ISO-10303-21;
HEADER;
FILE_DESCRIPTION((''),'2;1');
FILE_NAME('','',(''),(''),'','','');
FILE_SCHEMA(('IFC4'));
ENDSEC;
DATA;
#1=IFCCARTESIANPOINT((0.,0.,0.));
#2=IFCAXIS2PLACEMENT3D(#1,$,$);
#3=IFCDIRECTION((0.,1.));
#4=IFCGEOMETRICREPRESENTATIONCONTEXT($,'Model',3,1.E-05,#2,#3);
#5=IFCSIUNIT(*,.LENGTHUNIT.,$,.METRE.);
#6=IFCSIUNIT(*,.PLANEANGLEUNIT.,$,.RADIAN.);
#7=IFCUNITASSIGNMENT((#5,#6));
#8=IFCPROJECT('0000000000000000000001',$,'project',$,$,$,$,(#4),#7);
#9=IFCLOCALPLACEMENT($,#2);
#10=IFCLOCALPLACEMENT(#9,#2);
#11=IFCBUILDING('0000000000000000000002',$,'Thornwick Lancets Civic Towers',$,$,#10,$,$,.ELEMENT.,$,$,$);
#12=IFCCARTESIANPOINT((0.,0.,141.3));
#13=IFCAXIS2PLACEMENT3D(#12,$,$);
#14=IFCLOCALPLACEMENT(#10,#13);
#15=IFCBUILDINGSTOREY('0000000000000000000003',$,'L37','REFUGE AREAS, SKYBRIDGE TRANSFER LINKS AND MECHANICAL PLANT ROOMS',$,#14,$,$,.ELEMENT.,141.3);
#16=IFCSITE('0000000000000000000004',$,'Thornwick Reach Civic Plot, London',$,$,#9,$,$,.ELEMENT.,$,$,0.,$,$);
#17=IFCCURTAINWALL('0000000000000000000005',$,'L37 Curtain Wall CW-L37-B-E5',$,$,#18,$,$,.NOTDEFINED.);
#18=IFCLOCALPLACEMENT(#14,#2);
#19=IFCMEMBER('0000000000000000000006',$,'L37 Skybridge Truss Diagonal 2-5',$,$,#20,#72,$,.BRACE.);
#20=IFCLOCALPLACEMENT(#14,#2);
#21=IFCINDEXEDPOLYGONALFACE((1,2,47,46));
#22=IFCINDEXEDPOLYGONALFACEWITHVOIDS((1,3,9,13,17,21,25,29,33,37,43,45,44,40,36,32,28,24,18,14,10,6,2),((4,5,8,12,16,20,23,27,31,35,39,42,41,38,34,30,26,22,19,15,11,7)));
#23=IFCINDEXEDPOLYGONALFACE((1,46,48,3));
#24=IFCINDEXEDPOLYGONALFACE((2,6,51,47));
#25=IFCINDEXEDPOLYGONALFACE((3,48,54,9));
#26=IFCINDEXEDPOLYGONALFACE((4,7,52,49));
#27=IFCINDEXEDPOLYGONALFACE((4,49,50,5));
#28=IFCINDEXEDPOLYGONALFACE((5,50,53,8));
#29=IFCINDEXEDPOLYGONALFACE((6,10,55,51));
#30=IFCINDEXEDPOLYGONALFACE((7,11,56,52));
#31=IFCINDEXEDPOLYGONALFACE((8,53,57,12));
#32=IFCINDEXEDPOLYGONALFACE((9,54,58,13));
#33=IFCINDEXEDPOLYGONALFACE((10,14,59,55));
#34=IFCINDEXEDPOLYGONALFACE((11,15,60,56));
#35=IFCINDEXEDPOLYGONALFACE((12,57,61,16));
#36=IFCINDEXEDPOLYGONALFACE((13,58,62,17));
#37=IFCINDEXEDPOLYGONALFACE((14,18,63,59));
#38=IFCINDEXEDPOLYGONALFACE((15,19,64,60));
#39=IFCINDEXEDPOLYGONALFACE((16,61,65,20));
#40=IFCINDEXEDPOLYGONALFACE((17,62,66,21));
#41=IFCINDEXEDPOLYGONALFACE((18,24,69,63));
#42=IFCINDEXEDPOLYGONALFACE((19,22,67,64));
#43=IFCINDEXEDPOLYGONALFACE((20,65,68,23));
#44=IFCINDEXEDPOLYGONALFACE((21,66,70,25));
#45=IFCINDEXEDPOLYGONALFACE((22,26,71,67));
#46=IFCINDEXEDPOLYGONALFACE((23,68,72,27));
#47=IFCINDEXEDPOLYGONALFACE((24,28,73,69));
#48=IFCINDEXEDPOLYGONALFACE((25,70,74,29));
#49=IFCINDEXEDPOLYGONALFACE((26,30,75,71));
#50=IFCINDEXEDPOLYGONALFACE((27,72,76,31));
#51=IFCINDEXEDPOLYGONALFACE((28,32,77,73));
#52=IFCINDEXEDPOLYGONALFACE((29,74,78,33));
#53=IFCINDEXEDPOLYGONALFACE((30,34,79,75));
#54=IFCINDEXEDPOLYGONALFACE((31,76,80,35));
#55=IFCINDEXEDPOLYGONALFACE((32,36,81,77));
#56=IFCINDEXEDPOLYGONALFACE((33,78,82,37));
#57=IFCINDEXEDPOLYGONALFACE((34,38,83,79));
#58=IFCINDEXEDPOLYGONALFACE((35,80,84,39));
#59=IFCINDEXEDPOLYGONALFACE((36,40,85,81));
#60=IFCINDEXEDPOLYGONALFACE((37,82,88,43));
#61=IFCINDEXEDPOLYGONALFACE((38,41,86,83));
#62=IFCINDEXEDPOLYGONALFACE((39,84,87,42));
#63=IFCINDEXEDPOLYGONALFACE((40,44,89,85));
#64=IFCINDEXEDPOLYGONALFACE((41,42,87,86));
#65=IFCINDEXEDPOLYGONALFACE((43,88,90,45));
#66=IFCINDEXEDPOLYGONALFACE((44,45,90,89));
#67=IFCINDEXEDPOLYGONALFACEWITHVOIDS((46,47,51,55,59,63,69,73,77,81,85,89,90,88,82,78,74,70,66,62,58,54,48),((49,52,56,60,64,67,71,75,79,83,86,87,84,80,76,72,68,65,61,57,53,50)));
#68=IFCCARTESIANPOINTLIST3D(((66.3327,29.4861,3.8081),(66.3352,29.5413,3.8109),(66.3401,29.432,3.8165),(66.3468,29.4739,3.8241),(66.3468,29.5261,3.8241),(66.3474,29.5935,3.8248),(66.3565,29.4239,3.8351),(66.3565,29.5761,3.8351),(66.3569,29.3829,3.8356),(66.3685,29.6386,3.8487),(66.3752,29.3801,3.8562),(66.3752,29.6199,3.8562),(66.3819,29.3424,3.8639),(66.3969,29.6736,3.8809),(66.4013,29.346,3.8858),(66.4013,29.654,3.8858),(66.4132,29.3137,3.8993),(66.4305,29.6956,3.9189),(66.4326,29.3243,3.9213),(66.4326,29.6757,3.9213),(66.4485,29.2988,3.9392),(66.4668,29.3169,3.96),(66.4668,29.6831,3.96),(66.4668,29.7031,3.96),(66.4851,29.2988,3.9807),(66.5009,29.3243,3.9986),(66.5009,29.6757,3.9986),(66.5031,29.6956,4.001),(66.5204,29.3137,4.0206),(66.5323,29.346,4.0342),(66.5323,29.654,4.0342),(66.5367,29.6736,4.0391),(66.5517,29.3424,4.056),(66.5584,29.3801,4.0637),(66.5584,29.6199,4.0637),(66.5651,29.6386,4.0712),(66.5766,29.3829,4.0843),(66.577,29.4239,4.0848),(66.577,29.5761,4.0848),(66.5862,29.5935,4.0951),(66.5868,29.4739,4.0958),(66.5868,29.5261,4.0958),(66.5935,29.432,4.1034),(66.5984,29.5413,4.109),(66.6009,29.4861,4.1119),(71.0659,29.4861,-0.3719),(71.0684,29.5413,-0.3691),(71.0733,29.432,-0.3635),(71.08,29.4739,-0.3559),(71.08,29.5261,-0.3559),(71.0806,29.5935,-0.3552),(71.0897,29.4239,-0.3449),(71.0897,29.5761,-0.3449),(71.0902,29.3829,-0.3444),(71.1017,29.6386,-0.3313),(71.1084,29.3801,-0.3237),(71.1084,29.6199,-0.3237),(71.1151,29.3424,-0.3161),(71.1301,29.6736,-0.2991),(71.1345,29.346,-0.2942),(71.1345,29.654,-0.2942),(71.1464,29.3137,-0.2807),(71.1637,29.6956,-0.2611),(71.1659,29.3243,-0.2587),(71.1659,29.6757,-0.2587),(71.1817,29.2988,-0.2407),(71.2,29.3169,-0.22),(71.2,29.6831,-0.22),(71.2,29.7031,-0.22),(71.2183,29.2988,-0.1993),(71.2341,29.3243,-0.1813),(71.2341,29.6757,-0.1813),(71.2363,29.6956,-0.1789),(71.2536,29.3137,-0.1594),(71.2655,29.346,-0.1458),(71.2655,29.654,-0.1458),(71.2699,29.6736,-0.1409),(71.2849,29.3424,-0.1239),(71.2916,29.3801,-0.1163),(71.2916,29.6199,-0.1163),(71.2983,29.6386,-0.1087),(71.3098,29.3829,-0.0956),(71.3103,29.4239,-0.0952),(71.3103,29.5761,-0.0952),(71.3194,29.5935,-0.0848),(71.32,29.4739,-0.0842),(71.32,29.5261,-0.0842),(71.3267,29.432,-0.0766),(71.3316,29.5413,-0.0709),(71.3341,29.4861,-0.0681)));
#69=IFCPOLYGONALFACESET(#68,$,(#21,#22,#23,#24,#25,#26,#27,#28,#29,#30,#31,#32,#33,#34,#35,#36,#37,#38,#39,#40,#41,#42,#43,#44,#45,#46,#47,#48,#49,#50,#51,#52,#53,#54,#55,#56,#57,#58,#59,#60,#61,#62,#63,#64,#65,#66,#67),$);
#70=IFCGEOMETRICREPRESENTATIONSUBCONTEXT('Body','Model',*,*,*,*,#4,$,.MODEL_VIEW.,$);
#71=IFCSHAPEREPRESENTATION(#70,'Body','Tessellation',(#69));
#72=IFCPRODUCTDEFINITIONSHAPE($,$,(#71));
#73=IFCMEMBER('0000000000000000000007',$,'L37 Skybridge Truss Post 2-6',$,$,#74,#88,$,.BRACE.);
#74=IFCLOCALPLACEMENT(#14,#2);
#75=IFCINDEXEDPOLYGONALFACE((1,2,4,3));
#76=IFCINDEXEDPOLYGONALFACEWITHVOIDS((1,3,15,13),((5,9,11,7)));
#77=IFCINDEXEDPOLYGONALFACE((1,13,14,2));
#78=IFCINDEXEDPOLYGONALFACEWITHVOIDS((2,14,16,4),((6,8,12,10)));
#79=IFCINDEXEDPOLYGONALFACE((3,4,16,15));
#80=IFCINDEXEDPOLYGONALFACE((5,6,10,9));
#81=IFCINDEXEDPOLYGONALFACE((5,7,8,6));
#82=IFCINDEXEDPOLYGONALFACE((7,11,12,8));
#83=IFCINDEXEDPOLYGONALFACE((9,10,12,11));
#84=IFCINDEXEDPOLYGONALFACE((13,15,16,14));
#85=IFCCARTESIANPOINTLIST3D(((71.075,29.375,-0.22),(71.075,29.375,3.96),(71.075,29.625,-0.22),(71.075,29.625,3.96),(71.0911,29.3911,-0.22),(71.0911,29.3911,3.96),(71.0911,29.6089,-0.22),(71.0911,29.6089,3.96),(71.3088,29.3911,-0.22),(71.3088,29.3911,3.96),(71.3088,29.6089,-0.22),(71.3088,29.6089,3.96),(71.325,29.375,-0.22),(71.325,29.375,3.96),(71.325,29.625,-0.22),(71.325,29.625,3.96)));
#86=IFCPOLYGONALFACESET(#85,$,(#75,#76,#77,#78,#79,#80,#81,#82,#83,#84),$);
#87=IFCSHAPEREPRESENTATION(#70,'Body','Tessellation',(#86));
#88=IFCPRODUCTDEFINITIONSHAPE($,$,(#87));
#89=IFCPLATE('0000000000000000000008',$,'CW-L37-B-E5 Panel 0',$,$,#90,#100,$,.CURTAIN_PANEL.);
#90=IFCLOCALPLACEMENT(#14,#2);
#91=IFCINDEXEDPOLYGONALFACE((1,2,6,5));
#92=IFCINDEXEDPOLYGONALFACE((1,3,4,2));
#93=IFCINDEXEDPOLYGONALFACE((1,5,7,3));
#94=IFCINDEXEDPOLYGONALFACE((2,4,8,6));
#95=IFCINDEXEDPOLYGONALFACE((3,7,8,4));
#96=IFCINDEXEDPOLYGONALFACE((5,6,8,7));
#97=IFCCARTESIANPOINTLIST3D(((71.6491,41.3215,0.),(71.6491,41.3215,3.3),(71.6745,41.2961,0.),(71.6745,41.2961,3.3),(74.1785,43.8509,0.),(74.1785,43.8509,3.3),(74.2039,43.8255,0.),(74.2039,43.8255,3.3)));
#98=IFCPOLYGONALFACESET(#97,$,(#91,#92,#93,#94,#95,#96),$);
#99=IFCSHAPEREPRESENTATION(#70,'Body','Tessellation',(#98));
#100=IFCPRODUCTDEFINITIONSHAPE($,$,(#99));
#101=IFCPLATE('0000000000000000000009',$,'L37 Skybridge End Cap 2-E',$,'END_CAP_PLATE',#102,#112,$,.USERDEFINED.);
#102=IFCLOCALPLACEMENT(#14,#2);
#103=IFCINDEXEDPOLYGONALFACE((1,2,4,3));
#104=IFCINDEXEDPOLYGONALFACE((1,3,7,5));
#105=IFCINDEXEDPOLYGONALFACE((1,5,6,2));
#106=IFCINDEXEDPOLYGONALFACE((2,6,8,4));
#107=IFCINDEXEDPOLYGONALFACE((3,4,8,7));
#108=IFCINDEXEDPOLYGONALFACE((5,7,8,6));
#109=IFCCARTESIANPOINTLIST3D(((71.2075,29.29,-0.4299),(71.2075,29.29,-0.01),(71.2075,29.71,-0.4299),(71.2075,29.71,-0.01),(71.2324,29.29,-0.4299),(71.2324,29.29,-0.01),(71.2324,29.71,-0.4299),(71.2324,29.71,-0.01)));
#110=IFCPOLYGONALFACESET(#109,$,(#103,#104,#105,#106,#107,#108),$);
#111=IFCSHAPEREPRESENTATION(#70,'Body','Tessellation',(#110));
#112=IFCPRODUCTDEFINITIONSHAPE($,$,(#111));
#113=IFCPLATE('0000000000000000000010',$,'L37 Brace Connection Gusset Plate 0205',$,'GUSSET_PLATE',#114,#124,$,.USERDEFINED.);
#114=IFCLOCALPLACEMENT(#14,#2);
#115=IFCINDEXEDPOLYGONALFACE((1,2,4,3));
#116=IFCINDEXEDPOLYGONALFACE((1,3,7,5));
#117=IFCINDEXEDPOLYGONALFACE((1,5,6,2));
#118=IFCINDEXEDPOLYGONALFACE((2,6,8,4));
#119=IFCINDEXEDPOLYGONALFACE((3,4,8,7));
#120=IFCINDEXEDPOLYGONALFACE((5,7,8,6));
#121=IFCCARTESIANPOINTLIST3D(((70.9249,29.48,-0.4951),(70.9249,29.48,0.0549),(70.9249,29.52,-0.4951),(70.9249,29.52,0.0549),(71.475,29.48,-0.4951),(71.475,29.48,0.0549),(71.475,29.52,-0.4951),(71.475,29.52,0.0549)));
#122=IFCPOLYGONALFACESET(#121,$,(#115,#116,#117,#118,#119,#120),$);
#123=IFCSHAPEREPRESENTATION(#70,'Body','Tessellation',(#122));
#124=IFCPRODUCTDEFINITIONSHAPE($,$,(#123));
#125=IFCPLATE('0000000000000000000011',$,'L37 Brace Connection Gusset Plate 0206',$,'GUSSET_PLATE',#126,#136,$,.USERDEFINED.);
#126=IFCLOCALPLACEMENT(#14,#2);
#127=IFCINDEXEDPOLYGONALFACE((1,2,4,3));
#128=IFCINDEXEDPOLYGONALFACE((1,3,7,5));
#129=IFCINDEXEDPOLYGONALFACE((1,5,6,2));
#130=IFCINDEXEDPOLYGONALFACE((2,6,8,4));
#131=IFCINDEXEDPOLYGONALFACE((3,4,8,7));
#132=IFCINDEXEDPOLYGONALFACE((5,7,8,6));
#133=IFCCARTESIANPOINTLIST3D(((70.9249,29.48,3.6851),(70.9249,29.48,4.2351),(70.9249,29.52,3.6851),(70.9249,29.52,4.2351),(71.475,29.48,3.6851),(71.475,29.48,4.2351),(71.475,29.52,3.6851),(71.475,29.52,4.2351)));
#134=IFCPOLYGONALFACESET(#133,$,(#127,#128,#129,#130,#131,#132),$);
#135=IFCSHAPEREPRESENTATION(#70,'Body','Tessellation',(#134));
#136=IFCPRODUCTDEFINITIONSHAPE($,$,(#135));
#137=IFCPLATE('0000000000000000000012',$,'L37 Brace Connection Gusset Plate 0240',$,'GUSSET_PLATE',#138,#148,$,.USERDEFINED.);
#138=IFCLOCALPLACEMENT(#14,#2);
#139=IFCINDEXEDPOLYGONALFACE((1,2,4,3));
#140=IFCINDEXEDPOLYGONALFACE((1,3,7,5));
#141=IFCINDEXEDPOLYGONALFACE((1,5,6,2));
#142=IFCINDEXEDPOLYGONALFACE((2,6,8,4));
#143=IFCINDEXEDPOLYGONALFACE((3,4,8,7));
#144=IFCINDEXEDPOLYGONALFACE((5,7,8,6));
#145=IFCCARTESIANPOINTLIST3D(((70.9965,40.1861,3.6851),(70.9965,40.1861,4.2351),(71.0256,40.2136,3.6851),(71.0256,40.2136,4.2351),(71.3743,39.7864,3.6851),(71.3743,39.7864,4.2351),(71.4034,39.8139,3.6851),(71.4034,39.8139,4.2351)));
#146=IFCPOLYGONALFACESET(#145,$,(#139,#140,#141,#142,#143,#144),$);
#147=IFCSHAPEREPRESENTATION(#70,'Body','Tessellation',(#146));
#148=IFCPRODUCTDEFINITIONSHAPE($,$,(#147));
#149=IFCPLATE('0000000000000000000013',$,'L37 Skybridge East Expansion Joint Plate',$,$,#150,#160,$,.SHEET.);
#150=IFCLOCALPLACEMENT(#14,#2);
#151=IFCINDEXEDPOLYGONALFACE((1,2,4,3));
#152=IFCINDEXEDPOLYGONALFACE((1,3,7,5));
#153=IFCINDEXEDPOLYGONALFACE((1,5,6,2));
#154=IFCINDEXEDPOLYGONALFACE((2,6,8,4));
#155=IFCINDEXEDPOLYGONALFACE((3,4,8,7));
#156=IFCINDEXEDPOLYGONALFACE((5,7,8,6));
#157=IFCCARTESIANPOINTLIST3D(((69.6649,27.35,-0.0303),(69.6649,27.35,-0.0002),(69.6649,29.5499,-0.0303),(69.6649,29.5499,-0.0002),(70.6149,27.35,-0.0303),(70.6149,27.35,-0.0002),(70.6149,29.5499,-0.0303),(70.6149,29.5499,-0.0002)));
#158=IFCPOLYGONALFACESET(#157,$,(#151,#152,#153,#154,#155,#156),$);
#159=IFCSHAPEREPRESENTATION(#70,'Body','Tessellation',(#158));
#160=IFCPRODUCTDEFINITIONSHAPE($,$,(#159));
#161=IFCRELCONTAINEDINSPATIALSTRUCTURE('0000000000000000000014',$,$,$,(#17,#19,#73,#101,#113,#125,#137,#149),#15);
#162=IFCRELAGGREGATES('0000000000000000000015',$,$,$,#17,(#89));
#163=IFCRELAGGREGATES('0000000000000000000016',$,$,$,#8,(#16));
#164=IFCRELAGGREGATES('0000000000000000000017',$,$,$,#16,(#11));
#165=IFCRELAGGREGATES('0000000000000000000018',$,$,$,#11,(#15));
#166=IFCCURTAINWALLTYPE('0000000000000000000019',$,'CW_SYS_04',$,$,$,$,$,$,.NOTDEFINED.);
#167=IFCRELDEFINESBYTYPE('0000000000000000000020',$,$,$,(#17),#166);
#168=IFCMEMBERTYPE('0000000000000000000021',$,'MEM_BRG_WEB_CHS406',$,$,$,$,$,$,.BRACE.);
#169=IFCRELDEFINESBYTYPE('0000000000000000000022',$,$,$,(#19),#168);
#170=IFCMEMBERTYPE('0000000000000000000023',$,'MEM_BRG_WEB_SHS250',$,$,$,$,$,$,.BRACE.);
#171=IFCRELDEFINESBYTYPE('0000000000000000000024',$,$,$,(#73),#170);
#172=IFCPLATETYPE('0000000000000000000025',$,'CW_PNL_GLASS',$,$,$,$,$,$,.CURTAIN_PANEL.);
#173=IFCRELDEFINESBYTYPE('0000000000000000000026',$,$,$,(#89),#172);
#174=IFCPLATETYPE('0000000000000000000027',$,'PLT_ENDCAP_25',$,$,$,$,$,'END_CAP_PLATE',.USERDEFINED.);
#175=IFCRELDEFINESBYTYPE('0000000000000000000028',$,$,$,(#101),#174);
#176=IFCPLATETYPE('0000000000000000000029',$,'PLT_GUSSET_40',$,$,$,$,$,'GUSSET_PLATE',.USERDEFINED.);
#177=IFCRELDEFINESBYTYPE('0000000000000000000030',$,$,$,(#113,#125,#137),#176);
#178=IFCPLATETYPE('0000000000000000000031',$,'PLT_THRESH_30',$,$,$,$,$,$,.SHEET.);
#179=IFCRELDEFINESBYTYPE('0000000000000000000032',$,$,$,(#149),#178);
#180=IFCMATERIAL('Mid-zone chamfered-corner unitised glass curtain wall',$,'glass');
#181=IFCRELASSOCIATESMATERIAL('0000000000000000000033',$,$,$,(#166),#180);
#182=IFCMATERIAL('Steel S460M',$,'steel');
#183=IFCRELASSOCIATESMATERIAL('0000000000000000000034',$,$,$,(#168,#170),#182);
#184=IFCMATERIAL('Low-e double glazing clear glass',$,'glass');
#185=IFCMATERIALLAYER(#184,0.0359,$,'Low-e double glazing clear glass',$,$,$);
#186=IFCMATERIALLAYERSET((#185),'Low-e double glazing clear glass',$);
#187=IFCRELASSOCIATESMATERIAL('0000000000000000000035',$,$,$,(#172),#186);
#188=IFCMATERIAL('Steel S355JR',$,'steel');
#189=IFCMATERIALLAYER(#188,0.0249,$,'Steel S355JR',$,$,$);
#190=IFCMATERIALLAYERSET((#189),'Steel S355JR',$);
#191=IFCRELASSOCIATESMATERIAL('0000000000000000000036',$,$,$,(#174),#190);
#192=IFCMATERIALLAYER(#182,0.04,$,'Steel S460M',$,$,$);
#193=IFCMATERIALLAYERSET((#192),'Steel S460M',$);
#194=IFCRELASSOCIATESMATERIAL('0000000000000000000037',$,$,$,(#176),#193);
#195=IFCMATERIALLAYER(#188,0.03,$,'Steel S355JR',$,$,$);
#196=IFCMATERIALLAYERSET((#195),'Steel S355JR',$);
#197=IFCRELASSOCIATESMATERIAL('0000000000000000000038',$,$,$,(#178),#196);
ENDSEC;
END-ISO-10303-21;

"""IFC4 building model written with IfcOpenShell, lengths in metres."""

from ifc_helpers import new_model, si_unit, direction, frame, origin, origin_2d, place, context, subcontext, project, spatial, rectangle, hollow_rectangle, hollow_circle, extrude, material, layer, layer_set, material_profile, profile_set, type_object, element, aggregate, save


model = new_model("IFC4")

# Units and contexts
model_context = context("Model", 3, precision=1e-05, world=origin(), true_north=direction((0.0, 1.0)))
body_context = subcontext(model_context, "Body", "Model", "MODEL_VIEW")
ifc_project = project(units=[si_unit("LENGTHUNIT", "METRE"), si_unit("PLANEANGLEUNIT", "RADIAN")], contexts=[model_context])

# Site, building, storey
site_placement = place(None, origin())
site = spatial("IfcSite", under=ifc_project, at=site_placement, Name="Thornwick Reach Civic Plot, London", CompositionType="ELEMENT", RefElevation=0.0)
building_placement = place(site_placement, origin())
building = spatial("IfcBuilding", under=site, at=building_placement, Name="Thornwick Lancets Civic Towers", CompositionType="ELEMENT")
storey_placement = place(building_placement, frame((0.0, 0.0, 141.3)))
storey = spatial("IfcBuildingStorey", under=building, at=storey_placement, Name="L37", Description="REFUGE AREAS, SKYBRIDGE TRANSFER LINKS AND MECHANICAL PLANT ROOMS", CompositionType="ELEMENT", Elevation=141.3)

# Shared definitions
ifc_material_1 = material(Name="Steel S355JR", Category="steel")

# Curtain wall
ifc_material_2 = material(Name="Mid-zone chamfered-corner unitised glass curtain wall", Category="glass")
curtain_wall_type_1 = type_object("IfcCurtainWallType", Name="CW_SYS_04", PredefinedType="NOTDEFINED", material=ifc_material_2)
curtain_wall_1_placement = place(storey_placement, origin())
curtain_wall_1 = element("IfcCurtainWall", 1, at=curtain_wall_1_placement, inside=storey, type_object=curtain_wall_type_1, Name="L37 Curtain Wall CW-L37-B-E5", PredefinedType="NOTDEFINED")

# Members
ifc_material_3 = material(Name="Steel S460M", Category="steel")
ifc_material_profile_1 = material_profile(ifc_material_3, hollow_circle(Radius=0.2031, WallThickness=0.02, at=origin_2d()), Name="CHS 406.4x20")
ifc_profile_set_1 = profile_set([ifc_material_profile_1], Name="Steel S460M")
member_type_1 = type_object("IfcMemberType", Name="MEM_BRG_WEB_CHS406", PredefinedType="BRACE", material=ifc_profile_set_1)
member_1_placement = place(storey_placement, frame((66.4668, 29.5, 3.96), z_axis=(0.749553, 0.0, -0.661944), x_axis=(0.0, 1.0, 0.0)))
element("IfcMember", 2, at=member_1_placement, inside=storey, type_object=member_type_1, Name="L37 Skybridge Truss Diagonal 2-5", PredefinedType="BRACE", context=body_context, shape_type="SweptSolid", body=[
    extrude(hollow_circle(Radius=0.2031, WallThickness=0.02, at=origin_2d()), origin(), (0.0, 0.0, 1.0), 6.3147),
])
ifc_material_profile_2 = material_profile(ifc_material_3, hollow_rectangle(XDim=0.25, YDim=0.25, WallThickness=0.0161, at=origin_2d()), Name="SHS 250x250x16")
ifc_profile_set_2 = profile_set([ifc_material_profile_2], Name="Steel S460M")
member_type_2 = type_object("IfcMemberType", Name="MEM_BRG_WEB_SHS250", PredefinedType="BRACE", material=ifc_profile_set_2)
member_2_placement = place(storey_placement, frame((71.2, 29.5, -0.22), z_axis=(0.0, 0.0, 1.0), x_axis=(1.0, 0.0, 0.0)))
element("IfcMember", 3, at=member_2_placement, inside=storey, type_object=member_type_2, Name="L37 Skybridge Truss Post 2-6", PredefinedType="BRACE", context=body_context, shape_type="SweptSolid", body=[
    extrude(hollow_rectangle(XDim=0.25, YDim=0.25, WallThickness=0.0161, at=origin_2d()), origin(), (0.0, 0.0, 1.0), 4.1799),
])

# Plate
ifc_material_4 = material(Name="Low-e double glazing clear glass", Category="glass")
ifc_layer_1 = layer(ifc_material_4, 0.0359, Name="Low-e double glazing clear glass")
ifc_layer_set_1 = layer_set([ifc_layer_1], Name="Low-e double glazing clear glass")
plate_type_1 = type_object("IfcPlateType", Name="CW_PNL_GLASS", PredefinedType="CURTAIN_PANEL", material=ifc_layer_set_1)
plate_1_placement = place(storey_placement, frame((72.9265, 42.5735, 0.0), z_axis=(0.0, 0.0, 1.0), x_axis=(-0.707107, -0.707107, 0.0)))
plate_1 = element("IfcPlate", 4, at=plate_1_placement, type_object=plate_type_1, Name="CW-L37-B-E5 Panel 0", PredefinedType="CURTAIN_PANEL", context=body_context, shape_type="SweptSolid", body=[
    extrude(rectangle(XDim=3.5771, YDim=0.0359, at=origin_2d()), origin(), (0.0, 0.0, 1.0), 3.3),
])
aggregate(curtain_wall_1, [plate_1])

# Plates
ifc_layer_2 = layer(ifc_material_1, 0.0249, Name="Steel S355JR")
ifc_layer_set_2 = layer_set([ifc_layer_2], Name="Steel S355JR")
plate_type_2 = type_object("IfcPlateType", Name="PLT_ENDCAP_25", ElementType="END_CAP_PLATE", PredefinedType="USERDEFINED", material=ifc_layer_set_2)
plate_2_placement = place(storey_placement, frame((71.22, 29.5, -0.4299), z_axis=(0.0, 0.0, 1.0), x_axis=(1.0, 0.0, 0.0)))
element("IfcPlate", 5, at=plate_2_placement, inside=storey, type_object=plate_type_2, Name="L37 Skybridge End Cap 2-E", ObjectType="END_CAP_PLATE", PredefinedType="USERDEFINED", context=body_context, shape_type="SweptSolid", body=[
    extrude(rectangle(XDim=0.0249, YDim=0.4199, at=origin_2d()), origin(), (0.0, 0.0, 1.0), 0.4199),
])
ifc_layer_3 = layer(ifc_material_3, 0.04, Name="Steel S460M")
ifc_layer_set_3 = layer_set([ifc_layer_3], Name="Steel S460M")
plate_type_3 = type_object("IfcPlateType", Name="PLT_GUSSET_40", ElementType="GUSSET_PLATE", PredefinedType="USERDEFINED", material=ifc_layer_set_3)
for number, where, z_axis, x_axis, name in (
    (6, (71.2, 29.5, -0.4951), (0.0, 0.0, 1.0), (1.0, 0.0, 0.0), "L37 Brace Connection Gusset Plate 0205"),
    (7, (71.2, 29.5, 3.6851), (0.0, 0.0, 1.0), (1.0, 0.0, 0.0), "L37 Brace Connection Gusset Plate 0206"),
    (8, (71.2, 40.0, 3.6851), (0.0, 0.0, 1.0), (-0.686834, 0.726814, 0.0), "L37 Brace Connection Gusset Plate 0240"),
):
    element("IfcPlate", number, at=place(storey_placement, frame(where, z_axis=z_axis, x_axis=x_axis)), inside=storey, type_object=plate_type_3, Name=name, ObjectType="GUSSET_PLATE", PredefinedType="USERDEFINED", context=body_context, shape_type="SweptSolid", body=[
        extrude(rectangle(XDim=0.55, YDim=0.04, at=origin_2d()), origin(), (0.0, 0.0, 1.0), 0.55),
    ])
ifc_layer_4 = layer(ifc_material_1, 0.03, Name="Steel S355JR")
ifc_layer_set_4 = layer_set([ifc_layer_4], Name="Steel S355JR")
plate_type_4 = type_object("IfcPlateType", Name="PLT_THRESH_30", PredefinedType="SHEET", material=ifc_layer_set_4)
plate_3_placement = place(storey_placement, frame((70.1399, 28.45, -0.0303), z_axis=(0.0, 0.0, 1.0), x_axis=(1.0, 0.0, 0.0)))
element("IfcPlate", 9, at=plate_3_placement, inside=storey, type_object=plate_type_4, Name="L37 Skybridge East Expansion Joint Plate", PredefinedType="SHEET", context=body_context, shape_type="SweptSolid", body=[
    extrude(rectangle(XDim=0.95, YDim=2.2, at=origin_2d()), origin(), (0.0, 0.0, 1.0), 0.03),
])

save(model, "model.ifc")
